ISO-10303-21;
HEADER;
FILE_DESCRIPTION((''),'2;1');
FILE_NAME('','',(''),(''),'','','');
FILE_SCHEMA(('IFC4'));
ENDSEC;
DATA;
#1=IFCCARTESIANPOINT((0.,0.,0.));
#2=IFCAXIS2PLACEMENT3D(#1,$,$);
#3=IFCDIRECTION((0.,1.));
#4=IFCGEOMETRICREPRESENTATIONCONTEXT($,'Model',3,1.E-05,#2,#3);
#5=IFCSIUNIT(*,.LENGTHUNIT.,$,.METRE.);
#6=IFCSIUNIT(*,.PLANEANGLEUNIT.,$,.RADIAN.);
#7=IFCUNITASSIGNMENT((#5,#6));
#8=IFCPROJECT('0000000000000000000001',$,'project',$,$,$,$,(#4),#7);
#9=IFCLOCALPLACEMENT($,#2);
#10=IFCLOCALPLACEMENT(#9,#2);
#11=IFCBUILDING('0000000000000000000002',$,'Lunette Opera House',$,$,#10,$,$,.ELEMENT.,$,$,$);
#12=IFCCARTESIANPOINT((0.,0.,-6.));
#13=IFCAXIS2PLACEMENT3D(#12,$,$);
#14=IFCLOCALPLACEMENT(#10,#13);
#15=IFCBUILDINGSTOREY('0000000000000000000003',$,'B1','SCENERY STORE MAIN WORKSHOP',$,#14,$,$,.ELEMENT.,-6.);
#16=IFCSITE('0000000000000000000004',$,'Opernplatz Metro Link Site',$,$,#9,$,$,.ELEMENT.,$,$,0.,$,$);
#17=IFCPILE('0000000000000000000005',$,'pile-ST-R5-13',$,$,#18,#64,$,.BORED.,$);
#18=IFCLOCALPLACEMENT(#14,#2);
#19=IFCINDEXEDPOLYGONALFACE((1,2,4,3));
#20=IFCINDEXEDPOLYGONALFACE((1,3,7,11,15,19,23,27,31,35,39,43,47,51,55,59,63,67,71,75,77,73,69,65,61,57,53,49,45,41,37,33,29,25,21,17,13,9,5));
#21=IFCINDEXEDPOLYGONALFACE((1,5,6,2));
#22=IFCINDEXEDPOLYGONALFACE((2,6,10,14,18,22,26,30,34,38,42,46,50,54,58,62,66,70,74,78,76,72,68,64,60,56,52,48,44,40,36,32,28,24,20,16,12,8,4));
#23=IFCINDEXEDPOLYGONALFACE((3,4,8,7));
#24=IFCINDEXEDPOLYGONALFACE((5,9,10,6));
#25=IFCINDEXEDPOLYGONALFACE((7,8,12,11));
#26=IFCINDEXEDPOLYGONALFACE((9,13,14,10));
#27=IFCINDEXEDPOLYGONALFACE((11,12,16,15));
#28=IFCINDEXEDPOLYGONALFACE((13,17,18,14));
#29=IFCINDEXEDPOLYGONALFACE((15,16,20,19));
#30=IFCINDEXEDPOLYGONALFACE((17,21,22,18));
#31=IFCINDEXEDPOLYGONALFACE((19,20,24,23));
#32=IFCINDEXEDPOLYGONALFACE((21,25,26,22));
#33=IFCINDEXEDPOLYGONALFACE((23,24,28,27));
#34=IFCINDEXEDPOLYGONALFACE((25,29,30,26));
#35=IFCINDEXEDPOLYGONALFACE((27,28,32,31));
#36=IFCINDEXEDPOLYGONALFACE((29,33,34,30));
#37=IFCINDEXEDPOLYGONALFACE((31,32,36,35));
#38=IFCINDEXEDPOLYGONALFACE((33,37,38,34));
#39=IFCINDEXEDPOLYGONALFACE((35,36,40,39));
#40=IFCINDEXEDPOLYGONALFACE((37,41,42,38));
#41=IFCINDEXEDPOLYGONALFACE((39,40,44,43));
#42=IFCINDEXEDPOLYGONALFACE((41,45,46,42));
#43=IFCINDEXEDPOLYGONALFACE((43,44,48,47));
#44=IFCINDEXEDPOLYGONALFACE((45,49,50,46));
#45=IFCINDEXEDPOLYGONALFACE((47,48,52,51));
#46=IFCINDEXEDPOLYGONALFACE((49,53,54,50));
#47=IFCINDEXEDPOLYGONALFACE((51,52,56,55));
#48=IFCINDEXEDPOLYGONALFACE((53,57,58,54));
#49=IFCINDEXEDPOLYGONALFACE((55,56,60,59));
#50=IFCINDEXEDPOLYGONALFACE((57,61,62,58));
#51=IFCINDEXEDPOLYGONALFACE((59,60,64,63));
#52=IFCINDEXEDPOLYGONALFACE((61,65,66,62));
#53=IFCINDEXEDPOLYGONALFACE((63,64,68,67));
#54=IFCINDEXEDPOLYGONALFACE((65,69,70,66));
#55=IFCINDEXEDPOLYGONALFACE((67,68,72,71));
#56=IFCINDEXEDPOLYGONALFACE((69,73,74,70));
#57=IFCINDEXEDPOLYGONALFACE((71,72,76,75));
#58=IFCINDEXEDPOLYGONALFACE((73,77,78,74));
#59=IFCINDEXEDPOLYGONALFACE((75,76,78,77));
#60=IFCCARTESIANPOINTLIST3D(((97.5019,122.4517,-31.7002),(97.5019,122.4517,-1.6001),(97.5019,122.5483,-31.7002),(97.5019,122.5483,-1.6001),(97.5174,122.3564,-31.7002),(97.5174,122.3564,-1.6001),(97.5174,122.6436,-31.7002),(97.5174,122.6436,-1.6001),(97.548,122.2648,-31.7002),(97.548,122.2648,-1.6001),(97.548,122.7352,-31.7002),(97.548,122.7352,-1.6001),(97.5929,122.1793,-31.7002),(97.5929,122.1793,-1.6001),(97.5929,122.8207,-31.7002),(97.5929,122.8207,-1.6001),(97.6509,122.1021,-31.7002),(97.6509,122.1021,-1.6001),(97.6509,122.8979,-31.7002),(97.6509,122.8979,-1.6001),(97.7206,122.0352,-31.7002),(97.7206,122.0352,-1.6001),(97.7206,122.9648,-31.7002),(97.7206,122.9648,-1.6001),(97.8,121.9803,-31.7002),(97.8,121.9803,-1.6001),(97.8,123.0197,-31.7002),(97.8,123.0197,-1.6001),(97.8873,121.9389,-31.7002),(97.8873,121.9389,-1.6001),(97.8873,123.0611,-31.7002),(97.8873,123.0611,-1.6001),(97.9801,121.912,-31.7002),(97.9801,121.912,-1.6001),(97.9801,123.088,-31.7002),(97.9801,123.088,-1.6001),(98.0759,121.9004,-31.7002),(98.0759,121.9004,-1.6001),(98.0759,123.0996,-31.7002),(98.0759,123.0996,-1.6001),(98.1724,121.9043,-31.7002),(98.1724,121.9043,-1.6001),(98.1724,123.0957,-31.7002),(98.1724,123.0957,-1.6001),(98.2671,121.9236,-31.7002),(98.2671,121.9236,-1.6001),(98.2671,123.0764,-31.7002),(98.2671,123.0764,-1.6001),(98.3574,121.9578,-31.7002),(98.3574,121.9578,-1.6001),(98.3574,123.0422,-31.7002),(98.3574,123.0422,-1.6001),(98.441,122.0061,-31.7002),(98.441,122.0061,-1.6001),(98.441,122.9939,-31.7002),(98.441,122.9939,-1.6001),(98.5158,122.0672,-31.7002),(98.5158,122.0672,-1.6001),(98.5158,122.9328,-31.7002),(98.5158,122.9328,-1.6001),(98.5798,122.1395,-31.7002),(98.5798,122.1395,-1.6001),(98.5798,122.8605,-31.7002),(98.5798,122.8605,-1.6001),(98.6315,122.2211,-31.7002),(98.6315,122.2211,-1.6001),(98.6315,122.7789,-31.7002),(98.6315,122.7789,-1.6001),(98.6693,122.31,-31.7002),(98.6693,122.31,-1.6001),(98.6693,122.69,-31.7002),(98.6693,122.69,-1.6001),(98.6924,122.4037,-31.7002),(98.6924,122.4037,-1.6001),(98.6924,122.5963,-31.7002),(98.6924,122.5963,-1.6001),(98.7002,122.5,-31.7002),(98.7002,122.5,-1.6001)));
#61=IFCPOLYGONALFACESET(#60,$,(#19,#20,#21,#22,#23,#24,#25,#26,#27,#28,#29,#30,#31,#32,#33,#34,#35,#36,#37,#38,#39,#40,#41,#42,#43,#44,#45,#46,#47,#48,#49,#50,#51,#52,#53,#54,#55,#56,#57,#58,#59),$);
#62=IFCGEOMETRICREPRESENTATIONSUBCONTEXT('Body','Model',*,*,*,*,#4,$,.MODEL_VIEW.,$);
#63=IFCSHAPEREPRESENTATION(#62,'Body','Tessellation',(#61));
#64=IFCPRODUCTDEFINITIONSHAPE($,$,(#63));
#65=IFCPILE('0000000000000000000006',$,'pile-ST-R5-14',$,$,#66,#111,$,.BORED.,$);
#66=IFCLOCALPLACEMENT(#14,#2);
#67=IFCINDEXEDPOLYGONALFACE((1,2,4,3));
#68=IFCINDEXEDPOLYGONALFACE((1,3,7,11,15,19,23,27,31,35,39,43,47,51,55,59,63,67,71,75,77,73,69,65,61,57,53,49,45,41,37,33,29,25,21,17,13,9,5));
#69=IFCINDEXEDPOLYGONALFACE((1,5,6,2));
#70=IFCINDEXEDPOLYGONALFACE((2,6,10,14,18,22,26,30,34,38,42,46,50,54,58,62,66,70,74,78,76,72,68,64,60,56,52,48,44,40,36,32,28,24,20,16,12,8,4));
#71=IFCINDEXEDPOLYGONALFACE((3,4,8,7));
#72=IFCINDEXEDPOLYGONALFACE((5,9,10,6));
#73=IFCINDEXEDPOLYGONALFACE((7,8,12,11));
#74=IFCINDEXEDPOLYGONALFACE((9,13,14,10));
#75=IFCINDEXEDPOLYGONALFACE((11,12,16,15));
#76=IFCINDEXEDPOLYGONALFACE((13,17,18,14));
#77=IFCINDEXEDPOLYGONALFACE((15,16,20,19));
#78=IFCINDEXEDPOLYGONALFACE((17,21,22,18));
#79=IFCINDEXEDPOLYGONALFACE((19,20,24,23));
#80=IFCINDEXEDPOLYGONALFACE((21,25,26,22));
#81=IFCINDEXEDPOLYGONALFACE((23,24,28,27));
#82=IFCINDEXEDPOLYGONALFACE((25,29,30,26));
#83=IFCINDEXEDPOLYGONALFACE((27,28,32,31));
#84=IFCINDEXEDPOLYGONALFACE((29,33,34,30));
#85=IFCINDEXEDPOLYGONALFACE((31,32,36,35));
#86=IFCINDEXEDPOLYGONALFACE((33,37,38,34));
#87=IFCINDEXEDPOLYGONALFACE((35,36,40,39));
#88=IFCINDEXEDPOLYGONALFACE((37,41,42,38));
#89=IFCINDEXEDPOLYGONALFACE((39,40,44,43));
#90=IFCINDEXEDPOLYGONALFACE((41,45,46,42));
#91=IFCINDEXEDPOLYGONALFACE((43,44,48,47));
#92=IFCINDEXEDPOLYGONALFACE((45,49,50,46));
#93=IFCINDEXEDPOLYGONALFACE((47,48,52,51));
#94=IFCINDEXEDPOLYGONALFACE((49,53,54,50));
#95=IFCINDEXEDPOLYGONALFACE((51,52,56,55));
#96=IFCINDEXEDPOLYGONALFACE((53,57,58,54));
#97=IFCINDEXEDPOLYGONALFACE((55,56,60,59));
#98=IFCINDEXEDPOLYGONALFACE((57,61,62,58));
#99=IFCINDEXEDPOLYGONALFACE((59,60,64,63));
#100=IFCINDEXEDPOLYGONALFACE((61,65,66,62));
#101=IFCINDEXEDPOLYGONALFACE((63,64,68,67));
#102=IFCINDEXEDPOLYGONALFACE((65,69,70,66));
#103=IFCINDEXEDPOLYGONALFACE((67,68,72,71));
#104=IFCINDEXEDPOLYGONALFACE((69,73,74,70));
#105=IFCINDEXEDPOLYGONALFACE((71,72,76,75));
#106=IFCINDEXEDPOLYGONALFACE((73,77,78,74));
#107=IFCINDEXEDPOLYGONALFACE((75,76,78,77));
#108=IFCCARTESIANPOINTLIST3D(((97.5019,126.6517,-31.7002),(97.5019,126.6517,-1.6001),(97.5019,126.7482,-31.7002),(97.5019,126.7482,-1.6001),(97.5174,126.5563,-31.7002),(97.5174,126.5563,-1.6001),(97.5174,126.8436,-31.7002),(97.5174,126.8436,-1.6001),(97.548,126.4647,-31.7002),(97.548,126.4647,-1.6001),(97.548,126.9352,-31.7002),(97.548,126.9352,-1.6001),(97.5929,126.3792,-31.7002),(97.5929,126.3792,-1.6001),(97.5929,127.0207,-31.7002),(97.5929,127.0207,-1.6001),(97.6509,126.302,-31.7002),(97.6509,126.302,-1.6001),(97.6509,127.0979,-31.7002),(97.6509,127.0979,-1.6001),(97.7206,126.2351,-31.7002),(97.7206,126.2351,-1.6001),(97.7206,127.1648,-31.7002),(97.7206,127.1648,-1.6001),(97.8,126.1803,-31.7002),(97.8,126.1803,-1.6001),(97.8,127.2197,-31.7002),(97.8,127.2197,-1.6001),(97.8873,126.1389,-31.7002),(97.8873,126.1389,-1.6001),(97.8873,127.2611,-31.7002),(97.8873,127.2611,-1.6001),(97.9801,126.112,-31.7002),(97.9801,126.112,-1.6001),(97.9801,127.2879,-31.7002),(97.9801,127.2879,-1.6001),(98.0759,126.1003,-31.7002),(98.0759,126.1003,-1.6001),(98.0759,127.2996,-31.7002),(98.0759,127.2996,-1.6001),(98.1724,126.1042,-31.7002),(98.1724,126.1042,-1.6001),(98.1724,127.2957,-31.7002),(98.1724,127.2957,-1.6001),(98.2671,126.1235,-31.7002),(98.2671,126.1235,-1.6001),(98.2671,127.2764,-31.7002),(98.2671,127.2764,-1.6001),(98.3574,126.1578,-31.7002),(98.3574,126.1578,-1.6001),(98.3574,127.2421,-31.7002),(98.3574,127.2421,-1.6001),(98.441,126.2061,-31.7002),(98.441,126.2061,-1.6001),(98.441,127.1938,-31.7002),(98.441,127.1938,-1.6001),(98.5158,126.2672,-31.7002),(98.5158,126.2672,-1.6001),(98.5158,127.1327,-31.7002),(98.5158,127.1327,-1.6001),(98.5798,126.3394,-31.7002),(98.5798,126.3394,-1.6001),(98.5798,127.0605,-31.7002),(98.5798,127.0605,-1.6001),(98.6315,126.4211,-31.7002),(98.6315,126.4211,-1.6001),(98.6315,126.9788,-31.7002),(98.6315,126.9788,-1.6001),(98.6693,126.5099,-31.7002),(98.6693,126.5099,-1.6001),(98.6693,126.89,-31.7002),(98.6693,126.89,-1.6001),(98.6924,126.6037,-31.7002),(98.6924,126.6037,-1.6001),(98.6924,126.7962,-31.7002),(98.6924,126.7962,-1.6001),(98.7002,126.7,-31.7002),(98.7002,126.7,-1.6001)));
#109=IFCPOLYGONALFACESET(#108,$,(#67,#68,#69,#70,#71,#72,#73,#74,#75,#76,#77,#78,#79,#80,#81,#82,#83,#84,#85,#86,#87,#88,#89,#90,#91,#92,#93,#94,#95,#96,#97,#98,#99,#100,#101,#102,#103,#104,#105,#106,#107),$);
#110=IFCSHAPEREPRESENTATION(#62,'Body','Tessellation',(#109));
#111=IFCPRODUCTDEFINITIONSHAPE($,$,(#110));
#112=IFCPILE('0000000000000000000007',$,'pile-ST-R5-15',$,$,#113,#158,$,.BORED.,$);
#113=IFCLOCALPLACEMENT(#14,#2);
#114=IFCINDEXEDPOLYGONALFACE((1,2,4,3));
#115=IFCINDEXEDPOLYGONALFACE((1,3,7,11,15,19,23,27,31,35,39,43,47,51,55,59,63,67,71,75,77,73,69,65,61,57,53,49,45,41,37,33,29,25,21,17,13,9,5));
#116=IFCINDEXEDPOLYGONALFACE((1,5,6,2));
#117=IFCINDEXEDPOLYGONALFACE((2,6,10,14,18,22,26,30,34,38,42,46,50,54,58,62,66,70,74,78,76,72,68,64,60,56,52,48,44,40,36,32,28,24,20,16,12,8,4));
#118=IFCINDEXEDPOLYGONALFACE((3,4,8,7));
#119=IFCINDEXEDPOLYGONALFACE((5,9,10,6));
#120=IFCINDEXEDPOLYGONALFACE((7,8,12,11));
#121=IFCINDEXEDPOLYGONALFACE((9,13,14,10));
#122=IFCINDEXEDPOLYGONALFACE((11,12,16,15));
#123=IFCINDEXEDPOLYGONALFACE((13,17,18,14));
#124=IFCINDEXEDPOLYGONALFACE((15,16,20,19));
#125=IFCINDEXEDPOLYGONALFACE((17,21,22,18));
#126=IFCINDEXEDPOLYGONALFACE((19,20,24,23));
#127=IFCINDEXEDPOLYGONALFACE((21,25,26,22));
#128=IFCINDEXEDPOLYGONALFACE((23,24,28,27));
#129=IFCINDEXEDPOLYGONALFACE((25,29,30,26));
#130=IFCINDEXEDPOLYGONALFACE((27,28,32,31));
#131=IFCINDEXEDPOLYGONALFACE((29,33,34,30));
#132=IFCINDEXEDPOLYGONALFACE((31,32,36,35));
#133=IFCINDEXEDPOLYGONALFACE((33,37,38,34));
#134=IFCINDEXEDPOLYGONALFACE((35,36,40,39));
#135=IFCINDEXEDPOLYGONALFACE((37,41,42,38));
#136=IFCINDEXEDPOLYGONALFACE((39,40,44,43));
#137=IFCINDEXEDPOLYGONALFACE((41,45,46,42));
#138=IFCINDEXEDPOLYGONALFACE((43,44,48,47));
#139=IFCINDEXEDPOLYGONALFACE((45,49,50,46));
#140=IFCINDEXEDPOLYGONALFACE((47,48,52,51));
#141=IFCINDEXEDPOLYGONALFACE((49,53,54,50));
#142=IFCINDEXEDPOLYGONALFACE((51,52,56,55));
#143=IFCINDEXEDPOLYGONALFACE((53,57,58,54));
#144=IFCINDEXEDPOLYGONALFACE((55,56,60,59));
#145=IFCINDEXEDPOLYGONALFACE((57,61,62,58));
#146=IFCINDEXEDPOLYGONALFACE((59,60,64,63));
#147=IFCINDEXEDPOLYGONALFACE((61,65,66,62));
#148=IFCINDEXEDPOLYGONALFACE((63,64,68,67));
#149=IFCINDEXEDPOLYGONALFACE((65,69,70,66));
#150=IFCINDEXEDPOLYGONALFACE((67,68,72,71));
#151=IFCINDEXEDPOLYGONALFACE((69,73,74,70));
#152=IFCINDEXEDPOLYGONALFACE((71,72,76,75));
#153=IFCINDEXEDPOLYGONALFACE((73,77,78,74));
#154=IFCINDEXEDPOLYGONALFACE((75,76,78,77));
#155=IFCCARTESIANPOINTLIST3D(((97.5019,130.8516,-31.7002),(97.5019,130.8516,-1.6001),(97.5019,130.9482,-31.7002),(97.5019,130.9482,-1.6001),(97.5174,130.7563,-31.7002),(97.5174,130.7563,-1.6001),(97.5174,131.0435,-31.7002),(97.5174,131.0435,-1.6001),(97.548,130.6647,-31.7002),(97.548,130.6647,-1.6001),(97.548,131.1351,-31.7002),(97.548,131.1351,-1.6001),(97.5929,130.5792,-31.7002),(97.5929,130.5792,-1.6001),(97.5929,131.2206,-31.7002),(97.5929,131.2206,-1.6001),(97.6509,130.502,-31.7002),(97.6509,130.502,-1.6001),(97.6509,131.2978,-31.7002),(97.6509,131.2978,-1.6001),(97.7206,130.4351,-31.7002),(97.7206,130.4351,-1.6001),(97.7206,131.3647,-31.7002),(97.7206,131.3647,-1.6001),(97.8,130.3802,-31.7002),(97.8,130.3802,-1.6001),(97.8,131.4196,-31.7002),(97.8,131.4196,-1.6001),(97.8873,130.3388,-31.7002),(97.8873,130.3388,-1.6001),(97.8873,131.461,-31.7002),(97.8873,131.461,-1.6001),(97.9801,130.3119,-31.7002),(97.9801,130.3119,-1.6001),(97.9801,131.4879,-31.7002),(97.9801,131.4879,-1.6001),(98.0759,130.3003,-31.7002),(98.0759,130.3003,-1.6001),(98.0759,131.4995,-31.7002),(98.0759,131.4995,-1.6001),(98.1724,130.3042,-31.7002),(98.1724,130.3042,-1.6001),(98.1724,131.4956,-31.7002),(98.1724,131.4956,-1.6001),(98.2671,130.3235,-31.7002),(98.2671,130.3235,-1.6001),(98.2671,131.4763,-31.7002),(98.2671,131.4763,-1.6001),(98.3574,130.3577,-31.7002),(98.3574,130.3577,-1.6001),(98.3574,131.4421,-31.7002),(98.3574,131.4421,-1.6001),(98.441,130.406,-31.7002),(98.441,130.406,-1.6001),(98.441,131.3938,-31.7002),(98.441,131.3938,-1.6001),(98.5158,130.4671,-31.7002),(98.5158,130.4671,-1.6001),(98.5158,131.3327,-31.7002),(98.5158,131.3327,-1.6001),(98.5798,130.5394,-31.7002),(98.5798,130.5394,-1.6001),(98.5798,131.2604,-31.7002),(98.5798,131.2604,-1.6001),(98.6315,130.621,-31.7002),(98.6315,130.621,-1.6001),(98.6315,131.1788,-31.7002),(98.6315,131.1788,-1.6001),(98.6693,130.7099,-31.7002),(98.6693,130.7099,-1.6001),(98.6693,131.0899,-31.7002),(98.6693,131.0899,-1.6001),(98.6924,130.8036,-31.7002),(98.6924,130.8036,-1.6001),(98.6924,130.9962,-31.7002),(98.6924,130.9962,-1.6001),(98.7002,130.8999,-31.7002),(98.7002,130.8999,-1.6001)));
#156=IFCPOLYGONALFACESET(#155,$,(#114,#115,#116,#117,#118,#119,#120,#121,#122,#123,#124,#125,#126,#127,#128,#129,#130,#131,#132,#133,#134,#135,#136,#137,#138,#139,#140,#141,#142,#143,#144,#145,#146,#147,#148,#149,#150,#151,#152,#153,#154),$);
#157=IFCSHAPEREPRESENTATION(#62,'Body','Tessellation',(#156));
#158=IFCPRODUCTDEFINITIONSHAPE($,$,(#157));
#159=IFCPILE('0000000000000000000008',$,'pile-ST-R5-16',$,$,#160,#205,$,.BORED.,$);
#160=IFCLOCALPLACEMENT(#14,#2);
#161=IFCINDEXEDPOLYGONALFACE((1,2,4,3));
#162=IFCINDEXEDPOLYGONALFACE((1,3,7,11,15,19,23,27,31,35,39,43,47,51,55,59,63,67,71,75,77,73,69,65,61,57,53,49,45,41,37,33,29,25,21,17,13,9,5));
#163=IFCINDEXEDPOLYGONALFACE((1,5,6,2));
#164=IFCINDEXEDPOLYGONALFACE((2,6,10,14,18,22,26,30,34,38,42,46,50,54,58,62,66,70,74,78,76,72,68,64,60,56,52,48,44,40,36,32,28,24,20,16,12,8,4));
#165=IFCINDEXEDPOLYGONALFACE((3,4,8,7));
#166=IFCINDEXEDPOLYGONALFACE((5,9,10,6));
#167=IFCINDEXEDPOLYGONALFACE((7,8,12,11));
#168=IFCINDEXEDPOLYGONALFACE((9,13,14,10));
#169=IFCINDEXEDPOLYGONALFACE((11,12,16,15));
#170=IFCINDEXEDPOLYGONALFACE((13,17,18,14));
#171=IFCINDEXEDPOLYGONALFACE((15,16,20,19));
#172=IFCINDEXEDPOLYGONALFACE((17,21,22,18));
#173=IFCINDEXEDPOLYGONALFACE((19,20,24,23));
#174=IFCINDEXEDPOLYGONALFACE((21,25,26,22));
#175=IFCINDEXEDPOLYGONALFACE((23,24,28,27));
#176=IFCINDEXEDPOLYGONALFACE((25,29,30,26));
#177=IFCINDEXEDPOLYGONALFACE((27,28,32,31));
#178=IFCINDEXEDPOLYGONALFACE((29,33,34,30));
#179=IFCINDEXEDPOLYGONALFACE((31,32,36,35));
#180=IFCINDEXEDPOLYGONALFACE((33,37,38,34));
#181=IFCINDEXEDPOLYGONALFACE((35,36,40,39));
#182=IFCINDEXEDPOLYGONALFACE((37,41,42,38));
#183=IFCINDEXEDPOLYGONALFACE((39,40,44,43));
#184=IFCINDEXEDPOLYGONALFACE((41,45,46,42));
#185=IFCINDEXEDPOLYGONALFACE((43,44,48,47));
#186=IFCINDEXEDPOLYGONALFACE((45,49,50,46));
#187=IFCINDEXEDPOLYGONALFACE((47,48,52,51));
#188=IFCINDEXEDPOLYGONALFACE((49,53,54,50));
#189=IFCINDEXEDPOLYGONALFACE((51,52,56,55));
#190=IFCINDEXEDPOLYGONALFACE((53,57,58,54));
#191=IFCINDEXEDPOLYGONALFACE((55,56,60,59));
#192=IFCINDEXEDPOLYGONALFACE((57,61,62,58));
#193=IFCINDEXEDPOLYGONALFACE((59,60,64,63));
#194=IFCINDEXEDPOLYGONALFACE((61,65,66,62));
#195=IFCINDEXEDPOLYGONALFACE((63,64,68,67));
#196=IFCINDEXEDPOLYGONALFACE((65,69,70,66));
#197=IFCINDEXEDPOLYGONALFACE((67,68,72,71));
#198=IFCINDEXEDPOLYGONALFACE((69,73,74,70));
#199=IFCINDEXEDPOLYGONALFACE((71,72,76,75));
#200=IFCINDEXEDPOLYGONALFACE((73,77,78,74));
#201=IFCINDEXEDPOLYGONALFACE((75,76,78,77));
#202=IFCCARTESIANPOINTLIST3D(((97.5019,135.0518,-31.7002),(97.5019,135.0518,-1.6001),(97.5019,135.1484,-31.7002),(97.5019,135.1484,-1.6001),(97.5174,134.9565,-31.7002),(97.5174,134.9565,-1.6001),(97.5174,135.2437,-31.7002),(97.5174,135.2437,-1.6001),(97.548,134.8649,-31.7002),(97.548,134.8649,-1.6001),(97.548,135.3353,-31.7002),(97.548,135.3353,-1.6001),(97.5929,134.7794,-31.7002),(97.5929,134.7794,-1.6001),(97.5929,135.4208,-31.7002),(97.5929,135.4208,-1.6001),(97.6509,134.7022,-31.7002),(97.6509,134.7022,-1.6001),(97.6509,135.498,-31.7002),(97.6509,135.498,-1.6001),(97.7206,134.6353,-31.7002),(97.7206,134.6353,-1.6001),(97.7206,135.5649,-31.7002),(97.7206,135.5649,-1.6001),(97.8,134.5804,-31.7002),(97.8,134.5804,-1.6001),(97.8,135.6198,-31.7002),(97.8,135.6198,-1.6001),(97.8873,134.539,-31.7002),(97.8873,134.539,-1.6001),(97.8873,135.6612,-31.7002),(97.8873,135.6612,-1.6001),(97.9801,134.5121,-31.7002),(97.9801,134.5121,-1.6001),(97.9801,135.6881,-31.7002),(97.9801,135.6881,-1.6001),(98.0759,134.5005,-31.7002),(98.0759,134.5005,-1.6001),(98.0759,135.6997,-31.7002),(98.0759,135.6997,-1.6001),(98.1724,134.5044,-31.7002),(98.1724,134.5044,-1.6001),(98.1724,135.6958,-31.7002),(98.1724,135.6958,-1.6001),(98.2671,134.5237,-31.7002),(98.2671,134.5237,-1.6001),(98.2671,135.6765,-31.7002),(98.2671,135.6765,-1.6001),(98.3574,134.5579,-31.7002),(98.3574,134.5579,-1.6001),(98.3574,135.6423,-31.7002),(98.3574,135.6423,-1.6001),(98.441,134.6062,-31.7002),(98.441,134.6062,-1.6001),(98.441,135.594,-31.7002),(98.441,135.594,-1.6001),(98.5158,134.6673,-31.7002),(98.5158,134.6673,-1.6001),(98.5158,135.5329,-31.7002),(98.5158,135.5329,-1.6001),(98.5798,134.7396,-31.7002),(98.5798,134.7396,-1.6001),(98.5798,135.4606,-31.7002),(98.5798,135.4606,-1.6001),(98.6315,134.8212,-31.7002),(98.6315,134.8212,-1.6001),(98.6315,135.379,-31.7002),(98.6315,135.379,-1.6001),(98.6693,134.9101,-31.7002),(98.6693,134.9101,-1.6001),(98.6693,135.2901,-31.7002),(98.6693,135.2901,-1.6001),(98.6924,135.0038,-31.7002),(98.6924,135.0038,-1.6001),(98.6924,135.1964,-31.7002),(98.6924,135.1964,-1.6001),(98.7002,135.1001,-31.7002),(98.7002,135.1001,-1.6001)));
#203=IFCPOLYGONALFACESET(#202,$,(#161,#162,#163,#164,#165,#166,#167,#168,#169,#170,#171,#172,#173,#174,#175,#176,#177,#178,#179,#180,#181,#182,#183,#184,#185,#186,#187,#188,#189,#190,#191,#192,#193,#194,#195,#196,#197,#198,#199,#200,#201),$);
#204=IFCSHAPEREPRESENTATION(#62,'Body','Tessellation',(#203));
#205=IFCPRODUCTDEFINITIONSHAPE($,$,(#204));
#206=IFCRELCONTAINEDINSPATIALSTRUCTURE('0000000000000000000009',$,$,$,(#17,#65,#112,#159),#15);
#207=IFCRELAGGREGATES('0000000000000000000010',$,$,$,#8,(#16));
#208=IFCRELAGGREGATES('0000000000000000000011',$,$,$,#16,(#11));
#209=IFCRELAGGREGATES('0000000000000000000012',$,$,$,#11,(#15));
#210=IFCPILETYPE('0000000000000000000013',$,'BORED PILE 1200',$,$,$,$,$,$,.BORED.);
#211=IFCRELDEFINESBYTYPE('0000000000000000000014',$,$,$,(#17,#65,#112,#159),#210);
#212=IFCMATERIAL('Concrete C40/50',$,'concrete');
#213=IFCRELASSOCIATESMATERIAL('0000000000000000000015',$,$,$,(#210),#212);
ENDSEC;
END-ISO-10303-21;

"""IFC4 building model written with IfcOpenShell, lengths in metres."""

from ifc_helpers import new_model, si_unit, direction, frame, origin, origin_2d, place, context, subcontext, project, spatial, circle, extrude, material, material_profile, profile_set, type_object, element, save


model = new_model("IFC4")

# Units and contexts
model_context = context("Model", 3, precision=1e-05, world=origin(), true_north=direction((0.0, 1.0)))
body_context = subcontext(model_context, "Body", "Model", "MODEL_VIEW")
ifc_project = project(units=[si_unit("LENGTHUNIT", "METRE"), si_unit("PLANEANGLEUNIT", "RADIAN")], contexts=[model_context])

# Site, building, storey
site_placement = place(None, origin())
site = spatial("IfcSite", under=ifc_project, at=site_placement, Name="Opernplatz Metro Link Site", CompositionType="ELEMENT", RefElevation=0.0)
building_placement = place(site_placement, origin())
building = spatial("IfcBuilding", under=site, at=building_placement, Name="Lunette Opera House", CompositionType="ELEMENT")
storey_placement = place(building_placement, frame((0.0, 0.0, -6.0)))
storey = spatial("IfcBuildingStorey", under=building, at=storey_placement, Name="B1", Description="SCENERY STORE MAIN WORKSHOP", CompositionType="ELEMENT", Elevation=-6.0)

# Piles
ifc_material_1 = material(Name="Concrete C40/50", Category="concrete")
ifc_material_profile_1 = material_profile(ifc_material_1, circle(Radius=0.6001, at=origin_2d()), Name="BORED PILE 1200")
ifc_profile_set_1 = profile_set([ifc_material_profile_1], Name="Concrete C40/50")
pile_type = type_object("IfcPileType", Name="BORED PILE 1200", PredefinedType="BORED", material=ifc_profile_set_1)
for number, where, z_axis, x_axis, name in (
    (1, (98.1001, 122.5, -1.6001), (0.0, 0.0, -1.0), (1.0, 0.0, 0.0), "pile-ST-R5-13"),
    (2, (98.1001, 126.7, -1.6001), (0.0, 0.0, -1.0), (1.0, 0.0, 0.0), "pile-ST-R5-14"),
    (3, (98.1001, 130.8999, -1.6001), (0.0, 0.0, -1.0), (1.0, 0.0, 0.0), "pile-ST-R5-15"),
    (4, (98.1001, 135.1001, -1.6001), (0.0, 0.0, -1.0), (1.0, 0.0, 0.0), "pile-ST-R5-16"),
):
    element("IfcPile", number, at=place(storey_placement, frame(where, z_axis=z_axis, x_axis=x_axis)), inside=storey, type_object=pile_type, Name=name, PredefinedType="BORED", context=body_context, shape_type="SweptSolid", body=[
        extrude(circle(Radius=0.6001, at=origin_2d()), origin(), (0.0, 0.0, 1.0), 30.1001),
    ])

save(model, "model.ifc")
